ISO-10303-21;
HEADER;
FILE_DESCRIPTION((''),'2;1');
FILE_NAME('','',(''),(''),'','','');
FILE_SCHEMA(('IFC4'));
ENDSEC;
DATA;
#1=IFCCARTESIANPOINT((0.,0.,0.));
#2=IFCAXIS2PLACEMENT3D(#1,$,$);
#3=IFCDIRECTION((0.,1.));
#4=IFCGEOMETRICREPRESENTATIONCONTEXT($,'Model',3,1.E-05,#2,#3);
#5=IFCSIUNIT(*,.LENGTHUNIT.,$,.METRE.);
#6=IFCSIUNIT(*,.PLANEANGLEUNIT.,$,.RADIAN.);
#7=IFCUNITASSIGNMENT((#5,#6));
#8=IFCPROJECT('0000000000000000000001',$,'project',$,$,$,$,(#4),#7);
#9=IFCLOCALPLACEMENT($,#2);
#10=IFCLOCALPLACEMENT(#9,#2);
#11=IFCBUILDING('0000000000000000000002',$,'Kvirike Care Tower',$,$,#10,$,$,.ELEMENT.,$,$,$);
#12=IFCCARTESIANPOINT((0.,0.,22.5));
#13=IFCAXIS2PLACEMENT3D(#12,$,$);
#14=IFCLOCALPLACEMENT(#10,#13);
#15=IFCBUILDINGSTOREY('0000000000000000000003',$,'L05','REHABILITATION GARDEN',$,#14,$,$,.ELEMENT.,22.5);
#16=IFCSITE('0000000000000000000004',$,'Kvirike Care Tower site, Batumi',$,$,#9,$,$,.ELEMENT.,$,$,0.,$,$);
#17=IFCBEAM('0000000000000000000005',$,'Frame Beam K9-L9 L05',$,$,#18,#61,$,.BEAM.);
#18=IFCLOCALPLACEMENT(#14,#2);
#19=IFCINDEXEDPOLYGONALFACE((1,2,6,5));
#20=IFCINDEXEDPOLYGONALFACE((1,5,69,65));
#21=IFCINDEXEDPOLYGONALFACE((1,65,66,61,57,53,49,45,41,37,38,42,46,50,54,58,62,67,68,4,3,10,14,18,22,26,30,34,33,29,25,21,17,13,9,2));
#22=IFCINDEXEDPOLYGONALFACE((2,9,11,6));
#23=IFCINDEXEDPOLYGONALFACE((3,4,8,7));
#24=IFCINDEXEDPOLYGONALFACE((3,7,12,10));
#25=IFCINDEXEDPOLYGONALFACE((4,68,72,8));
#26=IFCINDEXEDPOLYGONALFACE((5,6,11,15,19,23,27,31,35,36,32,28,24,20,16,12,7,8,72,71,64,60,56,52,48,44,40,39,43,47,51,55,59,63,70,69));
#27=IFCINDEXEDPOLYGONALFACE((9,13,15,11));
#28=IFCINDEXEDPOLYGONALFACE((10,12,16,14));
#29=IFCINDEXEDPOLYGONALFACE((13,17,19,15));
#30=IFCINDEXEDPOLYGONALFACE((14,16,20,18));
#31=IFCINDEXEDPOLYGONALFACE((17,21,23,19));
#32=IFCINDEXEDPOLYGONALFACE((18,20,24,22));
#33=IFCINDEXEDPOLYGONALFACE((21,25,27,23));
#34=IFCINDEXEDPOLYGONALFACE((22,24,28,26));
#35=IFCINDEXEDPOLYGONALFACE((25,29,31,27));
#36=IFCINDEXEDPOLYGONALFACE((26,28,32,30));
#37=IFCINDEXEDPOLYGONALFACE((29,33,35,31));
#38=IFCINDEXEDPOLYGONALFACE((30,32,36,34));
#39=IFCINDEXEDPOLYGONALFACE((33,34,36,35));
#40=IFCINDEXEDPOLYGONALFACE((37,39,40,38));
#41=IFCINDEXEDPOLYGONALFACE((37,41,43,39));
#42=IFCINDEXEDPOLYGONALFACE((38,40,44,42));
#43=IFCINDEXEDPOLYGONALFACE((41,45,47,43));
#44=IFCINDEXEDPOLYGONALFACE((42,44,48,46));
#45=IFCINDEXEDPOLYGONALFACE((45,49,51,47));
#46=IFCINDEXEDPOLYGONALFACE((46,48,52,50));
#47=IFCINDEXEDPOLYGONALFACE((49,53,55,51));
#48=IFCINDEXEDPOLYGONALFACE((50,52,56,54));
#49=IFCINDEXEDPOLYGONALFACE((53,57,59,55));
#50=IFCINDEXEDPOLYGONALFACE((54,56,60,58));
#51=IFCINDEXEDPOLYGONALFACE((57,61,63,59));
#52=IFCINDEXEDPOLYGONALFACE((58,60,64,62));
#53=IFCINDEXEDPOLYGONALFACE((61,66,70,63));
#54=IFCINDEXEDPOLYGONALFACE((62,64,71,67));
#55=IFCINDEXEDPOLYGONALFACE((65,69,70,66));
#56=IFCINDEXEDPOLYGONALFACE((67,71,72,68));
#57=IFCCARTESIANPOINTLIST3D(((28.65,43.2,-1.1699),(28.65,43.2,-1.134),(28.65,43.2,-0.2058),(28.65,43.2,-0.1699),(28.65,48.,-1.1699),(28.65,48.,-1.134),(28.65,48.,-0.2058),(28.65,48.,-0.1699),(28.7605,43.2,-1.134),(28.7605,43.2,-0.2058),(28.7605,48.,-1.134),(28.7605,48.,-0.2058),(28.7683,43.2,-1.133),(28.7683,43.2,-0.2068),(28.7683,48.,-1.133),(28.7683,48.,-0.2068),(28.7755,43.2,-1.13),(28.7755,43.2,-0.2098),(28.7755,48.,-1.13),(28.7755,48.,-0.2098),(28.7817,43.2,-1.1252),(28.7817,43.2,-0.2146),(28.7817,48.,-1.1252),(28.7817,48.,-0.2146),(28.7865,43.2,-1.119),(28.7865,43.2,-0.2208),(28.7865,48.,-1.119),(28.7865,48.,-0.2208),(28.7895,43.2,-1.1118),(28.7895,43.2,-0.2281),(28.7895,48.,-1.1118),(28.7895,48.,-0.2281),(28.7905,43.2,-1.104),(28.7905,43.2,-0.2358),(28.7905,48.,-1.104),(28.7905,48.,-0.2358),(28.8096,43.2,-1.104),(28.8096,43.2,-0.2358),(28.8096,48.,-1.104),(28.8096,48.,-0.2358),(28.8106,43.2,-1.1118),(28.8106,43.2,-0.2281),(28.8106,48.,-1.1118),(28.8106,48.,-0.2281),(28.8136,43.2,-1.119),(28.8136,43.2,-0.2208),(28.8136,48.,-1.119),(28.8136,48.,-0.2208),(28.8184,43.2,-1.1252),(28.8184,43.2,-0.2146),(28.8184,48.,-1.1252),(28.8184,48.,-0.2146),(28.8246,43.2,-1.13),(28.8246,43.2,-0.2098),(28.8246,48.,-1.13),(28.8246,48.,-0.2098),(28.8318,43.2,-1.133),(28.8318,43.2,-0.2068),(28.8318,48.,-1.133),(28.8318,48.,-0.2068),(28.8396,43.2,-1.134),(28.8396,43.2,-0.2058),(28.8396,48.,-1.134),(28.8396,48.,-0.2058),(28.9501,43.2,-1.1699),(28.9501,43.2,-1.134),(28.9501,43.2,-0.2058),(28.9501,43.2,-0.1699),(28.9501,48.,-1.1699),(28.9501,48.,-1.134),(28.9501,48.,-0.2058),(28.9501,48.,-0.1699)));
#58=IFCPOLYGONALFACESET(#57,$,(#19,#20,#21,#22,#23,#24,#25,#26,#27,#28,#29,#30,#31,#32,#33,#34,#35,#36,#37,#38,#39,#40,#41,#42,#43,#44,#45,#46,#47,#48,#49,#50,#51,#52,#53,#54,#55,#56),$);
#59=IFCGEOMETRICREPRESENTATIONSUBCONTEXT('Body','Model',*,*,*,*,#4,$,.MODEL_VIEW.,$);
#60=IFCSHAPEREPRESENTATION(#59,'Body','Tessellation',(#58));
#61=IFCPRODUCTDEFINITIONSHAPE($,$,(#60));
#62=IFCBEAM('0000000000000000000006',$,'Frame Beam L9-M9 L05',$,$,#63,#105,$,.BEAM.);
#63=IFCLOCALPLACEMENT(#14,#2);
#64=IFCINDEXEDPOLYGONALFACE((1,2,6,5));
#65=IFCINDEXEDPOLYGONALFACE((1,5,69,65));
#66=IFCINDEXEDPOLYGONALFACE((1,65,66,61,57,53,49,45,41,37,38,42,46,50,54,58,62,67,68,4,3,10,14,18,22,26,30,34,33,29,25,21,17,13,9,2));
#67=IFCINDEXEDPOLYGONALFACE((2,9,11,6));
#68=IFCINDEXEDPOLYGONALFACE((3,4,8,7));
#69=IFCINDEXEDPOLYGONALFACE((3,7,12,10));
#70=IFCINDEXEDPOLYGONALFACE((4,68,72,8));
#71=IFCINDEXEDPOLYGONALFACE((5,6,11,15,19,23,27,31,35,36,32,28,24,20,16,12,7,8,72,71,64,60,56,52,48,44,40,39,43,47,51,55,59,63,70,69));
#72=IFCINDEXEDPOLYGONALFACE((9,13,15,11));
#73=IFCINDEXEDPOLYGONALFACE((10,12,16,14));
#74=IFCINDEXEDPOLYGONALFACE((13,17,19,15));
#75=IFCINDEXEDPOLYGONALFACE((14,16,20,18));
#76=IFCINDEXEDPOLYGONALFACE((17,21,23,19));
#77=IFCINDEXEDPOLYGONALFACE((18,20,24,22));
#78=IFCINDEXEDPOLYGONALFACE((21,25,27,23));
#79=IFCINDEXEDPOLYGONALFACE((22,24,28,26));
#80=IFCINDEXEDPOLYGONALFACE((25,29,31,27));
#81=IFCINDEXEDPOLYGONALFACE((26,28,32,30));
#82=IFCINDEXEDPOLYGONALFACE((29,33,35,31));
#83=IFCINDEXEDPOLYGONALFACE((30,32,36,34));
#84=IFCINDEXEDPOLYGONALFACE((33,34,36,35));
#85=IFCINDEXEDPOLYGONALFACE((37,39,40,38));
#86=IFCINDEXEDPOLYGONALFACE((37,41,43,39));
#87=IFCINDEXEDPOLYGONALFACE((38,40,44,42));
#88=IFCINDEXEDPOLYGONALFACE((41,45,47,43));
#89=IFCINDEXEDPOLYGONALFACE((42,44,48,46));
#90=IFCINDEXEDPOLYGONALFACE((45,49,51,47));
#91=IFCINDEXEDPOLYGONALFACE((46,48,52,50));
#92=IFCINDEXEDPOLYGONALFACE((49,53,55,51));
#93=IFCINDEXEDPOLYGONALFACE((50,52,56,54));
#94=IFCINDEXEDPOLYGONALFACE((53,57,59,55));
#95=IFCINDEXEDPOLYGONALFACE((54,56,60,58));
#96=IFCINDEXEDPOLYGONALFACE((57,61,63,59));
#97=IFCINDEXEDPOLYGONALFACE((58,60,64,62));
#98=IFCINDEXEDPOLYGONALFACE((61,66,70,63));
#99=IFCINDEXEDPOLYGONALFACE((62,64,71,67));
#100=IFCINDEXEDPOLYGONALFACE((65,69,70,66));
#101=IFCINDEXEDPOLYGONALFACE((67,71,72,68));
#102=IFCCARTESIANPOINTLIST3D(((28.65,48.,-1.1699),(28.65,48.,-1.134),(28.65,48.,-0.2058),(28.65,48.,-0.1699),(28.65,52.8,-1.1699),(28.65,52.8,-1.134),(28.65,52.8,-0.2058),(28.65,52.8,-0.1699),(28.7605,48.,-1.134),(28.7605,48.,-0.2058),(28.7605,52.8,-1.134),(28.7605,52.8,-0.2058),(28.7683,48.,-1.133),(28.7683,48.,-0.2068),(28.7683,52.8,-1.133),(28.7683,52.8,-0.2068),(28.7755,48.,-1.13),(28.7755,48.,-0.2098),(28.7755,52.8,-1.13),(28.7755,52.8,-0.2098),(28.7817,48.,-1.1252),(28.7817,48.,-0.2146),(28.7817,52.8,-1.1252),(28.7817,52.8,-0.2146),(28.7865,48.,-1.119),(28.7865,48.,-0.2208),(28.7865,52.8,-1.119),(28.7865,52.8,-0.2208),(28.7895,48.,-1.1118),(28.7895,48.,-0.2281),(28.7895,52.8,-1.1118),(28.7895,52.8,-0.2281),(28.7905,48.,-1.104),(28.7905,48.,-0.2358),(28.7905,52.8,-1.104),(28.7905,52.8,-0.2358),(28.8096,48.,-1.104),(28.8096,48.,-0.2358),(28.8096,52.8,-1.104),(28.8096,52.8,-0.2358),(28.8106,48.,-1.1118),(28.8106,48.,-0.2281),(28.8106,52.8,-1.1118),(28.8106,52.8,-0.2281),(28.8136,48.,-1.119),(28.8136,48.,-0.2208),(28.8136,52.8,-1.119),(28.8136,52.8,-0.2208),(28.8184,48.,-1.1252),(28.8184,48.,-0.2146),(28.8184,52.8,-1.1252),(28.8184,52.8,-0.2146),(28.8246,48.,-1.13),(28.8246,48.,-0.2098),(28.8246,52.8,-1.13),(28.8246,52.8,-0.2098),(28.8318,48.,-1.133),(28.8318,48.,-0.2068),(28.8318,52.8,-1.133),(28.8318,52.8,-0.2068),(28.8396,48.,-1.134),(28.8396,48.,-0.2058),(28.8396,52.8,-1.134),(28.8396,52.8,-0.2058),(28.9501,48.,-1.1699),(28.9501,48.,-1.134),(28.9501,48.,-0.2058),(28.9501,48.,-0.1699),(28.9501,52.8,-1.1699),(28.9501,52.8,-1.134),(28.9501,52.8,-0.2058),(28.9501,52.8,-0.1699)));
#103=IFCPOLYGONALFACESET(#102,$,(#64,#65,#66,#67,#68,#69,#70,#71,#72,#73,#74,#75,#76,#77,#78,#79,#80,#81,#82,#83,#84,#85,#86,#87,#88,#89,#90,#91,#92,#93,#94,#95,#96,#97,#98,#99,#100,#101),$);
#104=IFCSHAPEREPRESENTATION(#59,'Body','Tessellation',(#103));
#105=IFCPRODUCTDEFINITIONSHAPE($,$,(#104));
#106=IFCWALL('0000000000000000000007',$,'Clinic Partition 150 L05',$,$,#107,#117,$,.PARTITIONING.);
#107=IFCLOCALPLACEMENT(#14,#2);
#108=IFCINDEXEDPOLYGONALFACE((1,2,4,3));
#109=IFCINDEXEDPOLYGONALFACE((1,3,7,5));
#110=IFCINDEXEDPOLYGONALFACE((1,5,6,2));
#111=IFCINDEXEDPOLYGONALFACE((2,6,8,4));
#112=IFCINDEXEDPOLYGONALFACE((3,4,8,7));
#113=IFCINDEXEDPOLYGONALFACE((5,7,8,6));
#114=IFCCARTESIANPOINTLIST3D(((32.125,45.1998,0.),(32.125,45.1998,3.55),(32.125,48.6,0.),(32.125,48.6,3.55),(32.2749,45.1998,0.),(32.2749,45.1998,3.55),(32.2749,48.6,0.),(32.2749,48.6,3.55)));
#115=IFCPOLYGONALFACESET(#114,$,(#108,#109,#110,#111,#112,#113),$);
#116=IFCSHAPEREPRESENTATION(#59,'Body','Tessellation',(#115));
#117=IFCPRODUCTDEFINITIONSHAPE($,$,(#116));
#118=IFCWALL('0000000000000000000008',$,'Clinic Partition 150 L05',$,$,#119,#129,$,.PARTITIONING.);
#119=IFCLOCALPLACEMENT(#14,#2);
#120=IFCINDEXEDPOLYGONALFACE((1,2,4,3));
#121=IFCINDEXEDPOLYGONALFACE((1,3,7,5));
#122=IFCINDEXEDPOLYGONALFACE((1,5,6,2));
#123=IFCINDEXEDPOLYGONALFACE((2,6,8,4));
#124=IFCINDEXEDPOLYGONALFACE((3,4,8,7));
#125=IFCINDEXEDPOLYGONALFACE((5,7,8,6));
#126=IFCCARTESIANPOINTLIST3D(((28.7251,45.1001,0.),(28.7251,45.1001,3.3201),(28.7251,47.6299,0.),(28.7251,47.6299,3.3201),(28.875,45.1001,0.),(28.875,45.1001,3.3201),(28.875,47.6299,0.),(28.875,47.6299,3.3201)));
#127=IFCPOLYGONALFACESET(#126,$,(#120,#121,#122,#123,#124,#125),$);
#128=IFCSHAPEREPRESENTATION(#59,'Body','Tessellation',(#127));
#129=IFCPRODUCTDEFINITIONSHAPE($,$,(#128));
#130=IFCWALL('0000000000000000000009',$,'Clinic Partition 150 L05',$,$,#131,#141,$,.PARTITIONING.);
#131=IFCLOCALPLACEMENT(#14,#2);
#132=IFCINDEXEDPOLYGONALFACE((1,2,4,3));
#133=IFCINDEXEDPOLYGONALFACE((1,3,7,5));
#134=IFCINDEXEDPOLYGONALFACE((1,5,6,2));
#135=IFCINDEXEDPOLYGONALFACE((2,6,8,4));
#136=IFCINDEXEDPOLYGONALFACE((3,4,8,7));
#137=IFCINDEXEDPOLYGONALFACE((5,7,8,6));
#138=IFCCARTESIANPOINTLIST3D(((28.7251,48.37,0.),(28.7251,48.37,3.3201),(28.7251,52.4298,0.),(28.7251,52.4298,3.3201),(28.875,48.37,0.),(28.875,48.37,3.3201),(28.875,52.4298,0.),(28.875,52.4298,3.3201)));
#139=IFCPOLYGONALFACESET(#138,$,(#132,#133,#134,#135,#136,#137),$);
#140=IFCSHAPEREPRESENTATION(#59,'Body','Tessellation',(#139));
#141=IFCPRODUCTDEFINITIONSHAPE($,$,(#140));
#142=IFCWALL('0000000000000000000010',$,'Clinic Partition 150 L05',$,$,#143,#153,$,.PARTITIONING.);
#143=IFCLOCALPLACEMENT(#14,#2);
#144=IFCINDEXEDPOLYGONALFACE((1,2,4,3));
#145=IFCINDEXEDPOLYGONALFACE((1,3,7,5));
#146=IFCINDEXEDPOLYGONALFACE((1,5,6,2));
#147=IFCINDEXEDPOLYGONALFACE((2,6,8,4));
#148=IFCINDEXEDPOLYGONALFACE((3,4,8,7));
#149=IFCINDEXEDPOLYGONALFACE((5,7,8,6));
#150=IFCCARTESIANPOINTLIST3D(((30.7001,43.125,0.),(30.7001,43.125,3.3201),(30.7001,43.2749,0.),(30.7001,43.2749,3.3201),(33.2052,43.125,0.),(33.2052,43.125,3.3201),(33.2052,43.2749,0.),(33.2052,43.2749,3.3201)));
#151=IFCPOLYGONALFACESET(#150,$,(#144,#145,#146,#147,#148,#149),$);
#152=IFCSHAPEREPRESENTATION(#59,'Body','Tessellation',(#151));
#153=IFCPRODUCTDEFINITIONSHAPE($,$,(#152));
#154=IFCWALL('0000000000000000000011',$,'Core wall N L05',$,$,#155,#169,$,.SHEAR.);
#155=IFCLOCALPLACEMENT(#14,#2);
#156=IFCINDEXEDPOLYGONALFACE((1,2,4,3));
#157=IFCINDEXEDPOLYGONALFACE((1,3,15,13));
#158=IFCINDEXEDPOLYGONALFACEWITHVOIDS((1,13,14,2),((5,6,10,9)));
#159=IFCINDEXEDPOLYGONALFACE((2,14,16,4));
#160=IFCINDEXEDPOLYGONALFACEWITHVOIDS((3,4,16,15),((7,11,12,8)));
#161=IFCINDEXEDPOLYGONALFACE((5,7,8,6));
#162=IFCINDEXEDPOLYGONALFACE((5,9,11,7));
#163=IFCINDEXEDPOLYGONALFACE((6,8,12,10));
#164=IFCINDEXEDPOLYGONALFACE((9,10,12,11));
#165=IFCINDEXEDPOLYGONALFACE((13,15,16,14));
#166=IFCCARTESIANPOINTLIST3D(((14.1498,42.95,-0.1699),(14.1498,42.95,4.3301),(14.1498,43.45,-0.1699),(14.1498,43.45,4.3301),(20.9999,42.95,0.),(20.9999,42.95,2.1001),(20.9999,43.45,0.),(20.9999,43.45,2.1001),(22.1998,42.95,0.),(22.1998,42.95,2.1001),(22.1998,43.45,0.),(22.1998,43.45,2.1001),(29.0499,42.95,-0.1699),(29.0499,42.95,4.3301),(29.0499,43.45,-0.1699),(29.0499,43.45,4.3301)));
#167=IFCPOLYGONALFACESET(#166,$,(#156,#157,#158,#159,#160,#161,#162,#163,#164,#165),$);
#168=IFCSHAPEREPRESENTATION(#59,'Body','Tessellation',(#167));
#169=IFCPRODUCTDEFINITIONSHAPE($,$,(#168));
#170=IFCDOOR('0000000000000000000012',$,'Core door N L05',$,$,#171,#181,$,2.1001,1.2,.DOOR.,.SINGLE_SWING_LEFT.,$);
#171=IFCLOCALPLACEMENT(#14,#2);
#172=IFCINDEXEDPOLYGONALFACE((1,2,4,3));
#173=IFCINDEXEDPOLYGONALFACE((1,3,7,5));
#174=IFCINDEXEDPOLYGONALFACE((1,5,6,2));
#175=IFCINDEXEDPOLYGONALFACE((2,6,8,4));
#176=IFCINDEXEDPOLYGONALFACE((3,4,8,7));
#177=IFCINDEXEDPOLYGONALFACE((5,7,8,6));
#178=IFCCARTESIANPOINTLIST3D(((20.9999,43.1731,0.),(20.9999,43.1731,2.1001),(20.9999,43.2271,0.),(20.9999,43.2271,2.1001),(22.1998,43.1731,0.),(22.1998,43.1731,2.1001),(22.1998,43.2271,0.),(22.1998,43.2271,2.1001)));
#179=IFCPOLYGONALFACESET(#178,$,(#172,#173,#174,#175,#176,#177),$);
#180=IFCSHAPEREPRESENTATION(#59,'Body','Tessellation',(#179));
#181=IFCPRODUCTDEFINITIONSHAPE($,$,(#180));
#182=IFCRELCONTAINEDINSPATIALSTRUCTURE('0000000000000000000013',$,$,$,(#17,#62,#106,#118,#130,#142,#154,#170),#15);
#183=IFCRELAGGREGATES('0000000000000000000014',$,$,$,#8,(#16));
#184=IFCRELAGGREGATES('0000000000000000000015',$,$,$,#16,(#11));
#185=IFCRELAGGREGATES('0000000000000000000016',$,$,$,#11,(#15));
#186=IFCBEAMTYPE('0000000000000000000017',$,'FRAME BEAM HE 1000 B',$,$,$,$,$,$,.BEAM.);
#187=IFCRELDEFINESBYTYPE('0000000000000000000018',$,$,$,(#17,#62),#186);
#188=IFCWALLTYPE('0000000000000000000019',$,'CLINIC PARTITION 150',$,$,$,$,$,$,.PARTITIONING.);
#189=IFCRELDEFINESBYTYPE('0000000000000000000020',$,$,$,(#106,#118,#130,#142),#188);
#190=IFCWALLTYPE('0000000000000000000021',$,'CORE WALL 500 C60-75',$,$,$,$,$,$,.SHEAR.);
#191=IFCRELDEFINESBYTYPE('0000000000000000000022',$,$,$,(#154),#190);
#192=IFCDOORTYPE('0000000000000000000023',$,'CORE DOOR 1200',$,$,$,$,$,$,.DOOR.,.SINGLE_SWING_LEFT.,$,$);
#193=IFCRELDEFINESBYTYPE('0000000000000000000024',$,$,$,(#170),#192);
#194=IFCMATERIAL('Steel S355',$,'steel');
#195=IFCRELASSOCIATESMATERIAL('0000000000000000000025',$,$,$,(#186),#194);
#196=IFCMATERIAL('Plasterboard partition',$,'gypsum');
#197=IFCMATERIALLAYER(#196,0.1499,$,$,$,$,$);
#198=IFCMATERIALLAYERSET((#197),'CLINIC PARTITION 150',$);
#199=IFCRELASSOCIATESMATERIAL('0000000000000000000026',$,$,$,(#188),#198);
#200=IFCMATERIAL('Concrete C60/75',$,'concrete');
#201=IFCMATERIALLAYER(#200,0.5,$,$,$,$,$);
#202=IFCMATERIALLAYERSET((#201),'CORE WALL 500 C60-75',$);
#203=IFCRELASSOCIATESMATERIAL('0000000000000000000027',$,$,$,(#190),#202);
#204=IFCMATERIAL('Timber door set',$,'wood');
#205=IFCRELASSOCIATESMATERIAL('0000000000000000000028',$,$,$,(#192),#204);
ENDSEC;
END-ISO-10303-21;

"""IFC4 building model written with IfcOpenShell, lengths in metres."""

from ifc_helpers import new_model, si_unit, direction, frame, frame_2d, origin, origin_2d, place, context, subcontext, project, spatial, rectangle, i_section, extrude, material, layer, layer_set, material_profile, profile_set, type_object, element, fill, save


model = new_model("IFC4")

# Units and contexts
model_context = context("Model", 3, precision=1e-05, world=origin(), true_north=direction((0.0, 1.0)))
body_context = subcontext(model_context, "Body", "Model", "MODEL_VIEW")
ifc_project = project(units=[si_unit("LENGTHUNIT", "METRE"), si_unit("PLANEANGLEUNIT", "RADIAN")], contexts=[model_context])

# Site, building, storey
site_placement = place(None, origin())
site = spatial("IfcSite", under=ifc_project, at=site_placement, Name="Kvirike Care Tower site, Batumi", CompositionType="ELEMENT", RefElevation=0.0)
building_placement = place(site_placement, origin())
building = spatial("IfcBuilding", under=site, at=building_placement, Name="Kvirike Care Tower", CompositionType="ELEMENT")
storey_placement = place(building_placement, frame((0.0, 0.0, 22.5)))
storey = spatial("IfcBuildingStorey", under=building, at=storey_placement, Name="L05", Description="REHABILITATION GARDEN", CompositionType="ELEMENT", Elevation=22.5)

# Beams
ifc_material_1 = material(Name="Steel S355", Category="steel")
ifc_material_profile_1 = material_profile(ifc_material_1, i_section(OverallWidth=0.3, OverallDepth=1.0, WebThickness=0.019, FlangeThickness=0.0359, FilletRadius=0.03, at=origin_2d()), Name="HE 1000 B")
ifc_profile_set_1 = profile_set([ifc_material_profile_1], Name="Steel S355")
beam_type_1 = type_object("IfcBeamType", Name="FRAME BEAM HE 1000 B", PredefinedType="BEAM", material=ifc_profile_set_1)
for number, where, z_axis, x_axis, name in (
    (1, (28.8, 43.2, -0.6699), (0.0, 1.0, 0.0), (-1.0, 0.0, 0.0), "Frame Beam K9-L9 L05"),
    (2, (28.8, 48.0, -0.6699), (0.0, 1.0, 0.0), (-1.0, 0.0, 0.0), "Frame Beam L9-M9 L05"),
):
    element("IfcBeam", number, at=place(storey_placement, frame(where, z_axis=z_axis, x_axis=x_axis)), inside=storey, type_object=beam_type_1, Name=name, PredefinedType="BEAM", context=body_context, shape_type="SweptSolid", body=[
        extrude(i_section(OverallWidth=0.3, OverallDepth=1.0, WebThickness=0.019, FlangeThickness=0.0359, FilletRadius=0.03, at=origin_2d()), origin(), (0.0, 0.0, 1.0), 4.8),
    ])

# Walls
ifc_material_2 = material(Name="Plasterboard partition", Category="gypsum")
ifc_layer_1 = layer(ifc_material_2, 0.1499)
ifc_layer_set_1 = layer_set([ifc_layer_1], Name="CLINIC PARTITION 150")
wall_type_1 = type_object("IfcWallType", Name="CLINIC PARTITION 150", PredefinedType="PARTITIONING", material=ifc_layer_set_1)
wall_1_placement = place(storey_placement, frame((32.2, 48.6001, 0.0), z_axis=(0.0, 0.0, 1.0), x_axis=(0.0, -1.0, 0.0)))
element("IfcWall", 3, at=wall_1_placement, inside=storey, type_object=wall_type_1, Name="Clinic Partition 150 L05", PredefinedType="PARTITIONING", context=body_context, shape_type="SweptSolid", body=[
    extrude(rectangle(XDim=3.4001, YDim=0.1499, at=frame_2d((1.7002, 0.0))), origin(), (0.0, 0.0, 1.0), 3.55),
])
wall_2_placement = place(storey_placement, frame((28.8, 45.1001, 0.0), z_axis=(0.0, 0.0, 1.0), x_axis=(0.0, 1.0, 0.0)))
element("IfcWall", 4, at=wall_2_placement, inside=storey, type_object=wall_type_1, Name="Clinic Partition 150 L05", PredefinedType="PARTITIONING", context=body_context, shape_type="SweptSolid", body=[
    extrude(rectangle(XDim=2.5298, YDim=0.1499, at=frame_2d((1.2649, 0.0))), origin(), (0.0, 0.0, 1.0), 3.3201),
])
wall_3_placement = place(storey_placement, frame((28.8, 48.3701, 0.0), z_axis=(0.0, 0.0, 1.0), x_axis=(0.0, 1.0, 0.0)))
element("IfcWall", 5, at=wall_3_placement, inside=storey, type_object=wall_type_1, Name="Clinic Partition 150 L05", PredefinedType="PARTITIONING", context=body_context, shape_type="SweptSolid", body=[
    extrude(rectangle(XDim=4.0598, YDim=0.1499, at=frame_2d((2.0298, 0.0))), origin(), (0.0, 0.0, 1.0), 3.3201),
])
wall_4_placement = place(storey_placement, frame((33.2051, 43.2, 0.0), z_axis=(0.0, 0.0, 1.0), x_axis=(-1.0, 0.0, 0.0)))
element("IfcWall", 6, at=wall_4_placement, inside=storey, type_object=wall_type_1, Name="Clinic Partition 150 L05", PredefinedType="PARTITIONING", context=body_context, shape_type="SweptSolid", body=[
    extrude(rectangle(XDim=2.5051, YDim=0.1499, at=frame_2d((1.2524, 0.0))), origin(), (0.0, 0.0, 1.0), 3.3201),
])

# Wall, opening, door
ifc_material_3 = material(Name="Concrete C60/75", Category="concrete")
ifc_layer_2 = layer(ifc_material_3, 0.5)
ifc_layer_set_2 = layer_set([ifc_layer_2], Name="CORE WALL 500 C60-75")
wall_type_2 = type_object("IfcWallType", Name="CORE WALL 500 C60-75", PredefinedType="SHEAR", material=ifc_layer_set_2)
wall_5_placement = place(storey_placement, frame((29.05, 43.2, -0.1699), z_axis=(0.0, 0.0, 1.0), x_axis=(-1.0, 0.0, 0.0)))
wall_5 = element("IfcWall", 7, at=wall_5_placement, inside=storey, type_object=wall_type_2, Name="Core wall N L05", PredefinedType="SHEAR", context=body_context, shape_type="SweptSolid", body=[
    extrude(rectangle(XDim=14.9001, YDim=0.5, at=frame_2d((7.4502, 0.0))), origin(), (0.0, 0.0, 1.0), 4.5),
])
opening_1_placement = place(wall_5_placement, frame((6.8501, 0.0, 0.1699)))
opening_1 = element("IfcOpeningElement", 8, at=opening_1_placement, cuts=wall_5, PredefinedType="OPENING", context=body_context, shape_type="SweptSolid", body=[
    extrude(rectangle(XDim=1.2, YDim=2.1001, at=frame_2d((0.6001, 1.05))), frame((0.0, 0.2605, 0.0), z_axis=(0.0, -1.0, 0.0), x_axis=(1.0, 0.0, 0.0)), (0.0, 0.0, 1.0), 0.521),
])
ifc_material_4 = material(Name="Timber door set", Category="wood")
door_type_1 = type_object("IfcDoorType", Name="CORE DOOR 1200", OperationType="SINGLE_SWING_LEFT", PredefinedType="DOOR", material=ifc_material_4)
door_1_placement = place(opening_1_placement, origin())
door_1 = element("IfcDoor", 9, at=door_1_placement, inside=storey, type_object=door_type_1, Name="Core door N L05", OperationType="SINGLE_SWING_LEFT", OverallHeight=2.1001, OverallWidth=1.2, PredefinedType="DOOR", context=body_context, shape_type="SweptSolid", body=[
    extrude(rectangle(XDim=1.2, YDim=2.1001, at=frame_2d((0.6001, 1.05))), frame((0.0, 0.0269, 0.0), z_axis=(0.0, -1.0, 0.0), x_axis=(1.0, 0.0, 0.0)), (0.0, 0.0, 1.0), 0.054),
])
fill(opening_1, door_1)

save(model, "model.ifc")
